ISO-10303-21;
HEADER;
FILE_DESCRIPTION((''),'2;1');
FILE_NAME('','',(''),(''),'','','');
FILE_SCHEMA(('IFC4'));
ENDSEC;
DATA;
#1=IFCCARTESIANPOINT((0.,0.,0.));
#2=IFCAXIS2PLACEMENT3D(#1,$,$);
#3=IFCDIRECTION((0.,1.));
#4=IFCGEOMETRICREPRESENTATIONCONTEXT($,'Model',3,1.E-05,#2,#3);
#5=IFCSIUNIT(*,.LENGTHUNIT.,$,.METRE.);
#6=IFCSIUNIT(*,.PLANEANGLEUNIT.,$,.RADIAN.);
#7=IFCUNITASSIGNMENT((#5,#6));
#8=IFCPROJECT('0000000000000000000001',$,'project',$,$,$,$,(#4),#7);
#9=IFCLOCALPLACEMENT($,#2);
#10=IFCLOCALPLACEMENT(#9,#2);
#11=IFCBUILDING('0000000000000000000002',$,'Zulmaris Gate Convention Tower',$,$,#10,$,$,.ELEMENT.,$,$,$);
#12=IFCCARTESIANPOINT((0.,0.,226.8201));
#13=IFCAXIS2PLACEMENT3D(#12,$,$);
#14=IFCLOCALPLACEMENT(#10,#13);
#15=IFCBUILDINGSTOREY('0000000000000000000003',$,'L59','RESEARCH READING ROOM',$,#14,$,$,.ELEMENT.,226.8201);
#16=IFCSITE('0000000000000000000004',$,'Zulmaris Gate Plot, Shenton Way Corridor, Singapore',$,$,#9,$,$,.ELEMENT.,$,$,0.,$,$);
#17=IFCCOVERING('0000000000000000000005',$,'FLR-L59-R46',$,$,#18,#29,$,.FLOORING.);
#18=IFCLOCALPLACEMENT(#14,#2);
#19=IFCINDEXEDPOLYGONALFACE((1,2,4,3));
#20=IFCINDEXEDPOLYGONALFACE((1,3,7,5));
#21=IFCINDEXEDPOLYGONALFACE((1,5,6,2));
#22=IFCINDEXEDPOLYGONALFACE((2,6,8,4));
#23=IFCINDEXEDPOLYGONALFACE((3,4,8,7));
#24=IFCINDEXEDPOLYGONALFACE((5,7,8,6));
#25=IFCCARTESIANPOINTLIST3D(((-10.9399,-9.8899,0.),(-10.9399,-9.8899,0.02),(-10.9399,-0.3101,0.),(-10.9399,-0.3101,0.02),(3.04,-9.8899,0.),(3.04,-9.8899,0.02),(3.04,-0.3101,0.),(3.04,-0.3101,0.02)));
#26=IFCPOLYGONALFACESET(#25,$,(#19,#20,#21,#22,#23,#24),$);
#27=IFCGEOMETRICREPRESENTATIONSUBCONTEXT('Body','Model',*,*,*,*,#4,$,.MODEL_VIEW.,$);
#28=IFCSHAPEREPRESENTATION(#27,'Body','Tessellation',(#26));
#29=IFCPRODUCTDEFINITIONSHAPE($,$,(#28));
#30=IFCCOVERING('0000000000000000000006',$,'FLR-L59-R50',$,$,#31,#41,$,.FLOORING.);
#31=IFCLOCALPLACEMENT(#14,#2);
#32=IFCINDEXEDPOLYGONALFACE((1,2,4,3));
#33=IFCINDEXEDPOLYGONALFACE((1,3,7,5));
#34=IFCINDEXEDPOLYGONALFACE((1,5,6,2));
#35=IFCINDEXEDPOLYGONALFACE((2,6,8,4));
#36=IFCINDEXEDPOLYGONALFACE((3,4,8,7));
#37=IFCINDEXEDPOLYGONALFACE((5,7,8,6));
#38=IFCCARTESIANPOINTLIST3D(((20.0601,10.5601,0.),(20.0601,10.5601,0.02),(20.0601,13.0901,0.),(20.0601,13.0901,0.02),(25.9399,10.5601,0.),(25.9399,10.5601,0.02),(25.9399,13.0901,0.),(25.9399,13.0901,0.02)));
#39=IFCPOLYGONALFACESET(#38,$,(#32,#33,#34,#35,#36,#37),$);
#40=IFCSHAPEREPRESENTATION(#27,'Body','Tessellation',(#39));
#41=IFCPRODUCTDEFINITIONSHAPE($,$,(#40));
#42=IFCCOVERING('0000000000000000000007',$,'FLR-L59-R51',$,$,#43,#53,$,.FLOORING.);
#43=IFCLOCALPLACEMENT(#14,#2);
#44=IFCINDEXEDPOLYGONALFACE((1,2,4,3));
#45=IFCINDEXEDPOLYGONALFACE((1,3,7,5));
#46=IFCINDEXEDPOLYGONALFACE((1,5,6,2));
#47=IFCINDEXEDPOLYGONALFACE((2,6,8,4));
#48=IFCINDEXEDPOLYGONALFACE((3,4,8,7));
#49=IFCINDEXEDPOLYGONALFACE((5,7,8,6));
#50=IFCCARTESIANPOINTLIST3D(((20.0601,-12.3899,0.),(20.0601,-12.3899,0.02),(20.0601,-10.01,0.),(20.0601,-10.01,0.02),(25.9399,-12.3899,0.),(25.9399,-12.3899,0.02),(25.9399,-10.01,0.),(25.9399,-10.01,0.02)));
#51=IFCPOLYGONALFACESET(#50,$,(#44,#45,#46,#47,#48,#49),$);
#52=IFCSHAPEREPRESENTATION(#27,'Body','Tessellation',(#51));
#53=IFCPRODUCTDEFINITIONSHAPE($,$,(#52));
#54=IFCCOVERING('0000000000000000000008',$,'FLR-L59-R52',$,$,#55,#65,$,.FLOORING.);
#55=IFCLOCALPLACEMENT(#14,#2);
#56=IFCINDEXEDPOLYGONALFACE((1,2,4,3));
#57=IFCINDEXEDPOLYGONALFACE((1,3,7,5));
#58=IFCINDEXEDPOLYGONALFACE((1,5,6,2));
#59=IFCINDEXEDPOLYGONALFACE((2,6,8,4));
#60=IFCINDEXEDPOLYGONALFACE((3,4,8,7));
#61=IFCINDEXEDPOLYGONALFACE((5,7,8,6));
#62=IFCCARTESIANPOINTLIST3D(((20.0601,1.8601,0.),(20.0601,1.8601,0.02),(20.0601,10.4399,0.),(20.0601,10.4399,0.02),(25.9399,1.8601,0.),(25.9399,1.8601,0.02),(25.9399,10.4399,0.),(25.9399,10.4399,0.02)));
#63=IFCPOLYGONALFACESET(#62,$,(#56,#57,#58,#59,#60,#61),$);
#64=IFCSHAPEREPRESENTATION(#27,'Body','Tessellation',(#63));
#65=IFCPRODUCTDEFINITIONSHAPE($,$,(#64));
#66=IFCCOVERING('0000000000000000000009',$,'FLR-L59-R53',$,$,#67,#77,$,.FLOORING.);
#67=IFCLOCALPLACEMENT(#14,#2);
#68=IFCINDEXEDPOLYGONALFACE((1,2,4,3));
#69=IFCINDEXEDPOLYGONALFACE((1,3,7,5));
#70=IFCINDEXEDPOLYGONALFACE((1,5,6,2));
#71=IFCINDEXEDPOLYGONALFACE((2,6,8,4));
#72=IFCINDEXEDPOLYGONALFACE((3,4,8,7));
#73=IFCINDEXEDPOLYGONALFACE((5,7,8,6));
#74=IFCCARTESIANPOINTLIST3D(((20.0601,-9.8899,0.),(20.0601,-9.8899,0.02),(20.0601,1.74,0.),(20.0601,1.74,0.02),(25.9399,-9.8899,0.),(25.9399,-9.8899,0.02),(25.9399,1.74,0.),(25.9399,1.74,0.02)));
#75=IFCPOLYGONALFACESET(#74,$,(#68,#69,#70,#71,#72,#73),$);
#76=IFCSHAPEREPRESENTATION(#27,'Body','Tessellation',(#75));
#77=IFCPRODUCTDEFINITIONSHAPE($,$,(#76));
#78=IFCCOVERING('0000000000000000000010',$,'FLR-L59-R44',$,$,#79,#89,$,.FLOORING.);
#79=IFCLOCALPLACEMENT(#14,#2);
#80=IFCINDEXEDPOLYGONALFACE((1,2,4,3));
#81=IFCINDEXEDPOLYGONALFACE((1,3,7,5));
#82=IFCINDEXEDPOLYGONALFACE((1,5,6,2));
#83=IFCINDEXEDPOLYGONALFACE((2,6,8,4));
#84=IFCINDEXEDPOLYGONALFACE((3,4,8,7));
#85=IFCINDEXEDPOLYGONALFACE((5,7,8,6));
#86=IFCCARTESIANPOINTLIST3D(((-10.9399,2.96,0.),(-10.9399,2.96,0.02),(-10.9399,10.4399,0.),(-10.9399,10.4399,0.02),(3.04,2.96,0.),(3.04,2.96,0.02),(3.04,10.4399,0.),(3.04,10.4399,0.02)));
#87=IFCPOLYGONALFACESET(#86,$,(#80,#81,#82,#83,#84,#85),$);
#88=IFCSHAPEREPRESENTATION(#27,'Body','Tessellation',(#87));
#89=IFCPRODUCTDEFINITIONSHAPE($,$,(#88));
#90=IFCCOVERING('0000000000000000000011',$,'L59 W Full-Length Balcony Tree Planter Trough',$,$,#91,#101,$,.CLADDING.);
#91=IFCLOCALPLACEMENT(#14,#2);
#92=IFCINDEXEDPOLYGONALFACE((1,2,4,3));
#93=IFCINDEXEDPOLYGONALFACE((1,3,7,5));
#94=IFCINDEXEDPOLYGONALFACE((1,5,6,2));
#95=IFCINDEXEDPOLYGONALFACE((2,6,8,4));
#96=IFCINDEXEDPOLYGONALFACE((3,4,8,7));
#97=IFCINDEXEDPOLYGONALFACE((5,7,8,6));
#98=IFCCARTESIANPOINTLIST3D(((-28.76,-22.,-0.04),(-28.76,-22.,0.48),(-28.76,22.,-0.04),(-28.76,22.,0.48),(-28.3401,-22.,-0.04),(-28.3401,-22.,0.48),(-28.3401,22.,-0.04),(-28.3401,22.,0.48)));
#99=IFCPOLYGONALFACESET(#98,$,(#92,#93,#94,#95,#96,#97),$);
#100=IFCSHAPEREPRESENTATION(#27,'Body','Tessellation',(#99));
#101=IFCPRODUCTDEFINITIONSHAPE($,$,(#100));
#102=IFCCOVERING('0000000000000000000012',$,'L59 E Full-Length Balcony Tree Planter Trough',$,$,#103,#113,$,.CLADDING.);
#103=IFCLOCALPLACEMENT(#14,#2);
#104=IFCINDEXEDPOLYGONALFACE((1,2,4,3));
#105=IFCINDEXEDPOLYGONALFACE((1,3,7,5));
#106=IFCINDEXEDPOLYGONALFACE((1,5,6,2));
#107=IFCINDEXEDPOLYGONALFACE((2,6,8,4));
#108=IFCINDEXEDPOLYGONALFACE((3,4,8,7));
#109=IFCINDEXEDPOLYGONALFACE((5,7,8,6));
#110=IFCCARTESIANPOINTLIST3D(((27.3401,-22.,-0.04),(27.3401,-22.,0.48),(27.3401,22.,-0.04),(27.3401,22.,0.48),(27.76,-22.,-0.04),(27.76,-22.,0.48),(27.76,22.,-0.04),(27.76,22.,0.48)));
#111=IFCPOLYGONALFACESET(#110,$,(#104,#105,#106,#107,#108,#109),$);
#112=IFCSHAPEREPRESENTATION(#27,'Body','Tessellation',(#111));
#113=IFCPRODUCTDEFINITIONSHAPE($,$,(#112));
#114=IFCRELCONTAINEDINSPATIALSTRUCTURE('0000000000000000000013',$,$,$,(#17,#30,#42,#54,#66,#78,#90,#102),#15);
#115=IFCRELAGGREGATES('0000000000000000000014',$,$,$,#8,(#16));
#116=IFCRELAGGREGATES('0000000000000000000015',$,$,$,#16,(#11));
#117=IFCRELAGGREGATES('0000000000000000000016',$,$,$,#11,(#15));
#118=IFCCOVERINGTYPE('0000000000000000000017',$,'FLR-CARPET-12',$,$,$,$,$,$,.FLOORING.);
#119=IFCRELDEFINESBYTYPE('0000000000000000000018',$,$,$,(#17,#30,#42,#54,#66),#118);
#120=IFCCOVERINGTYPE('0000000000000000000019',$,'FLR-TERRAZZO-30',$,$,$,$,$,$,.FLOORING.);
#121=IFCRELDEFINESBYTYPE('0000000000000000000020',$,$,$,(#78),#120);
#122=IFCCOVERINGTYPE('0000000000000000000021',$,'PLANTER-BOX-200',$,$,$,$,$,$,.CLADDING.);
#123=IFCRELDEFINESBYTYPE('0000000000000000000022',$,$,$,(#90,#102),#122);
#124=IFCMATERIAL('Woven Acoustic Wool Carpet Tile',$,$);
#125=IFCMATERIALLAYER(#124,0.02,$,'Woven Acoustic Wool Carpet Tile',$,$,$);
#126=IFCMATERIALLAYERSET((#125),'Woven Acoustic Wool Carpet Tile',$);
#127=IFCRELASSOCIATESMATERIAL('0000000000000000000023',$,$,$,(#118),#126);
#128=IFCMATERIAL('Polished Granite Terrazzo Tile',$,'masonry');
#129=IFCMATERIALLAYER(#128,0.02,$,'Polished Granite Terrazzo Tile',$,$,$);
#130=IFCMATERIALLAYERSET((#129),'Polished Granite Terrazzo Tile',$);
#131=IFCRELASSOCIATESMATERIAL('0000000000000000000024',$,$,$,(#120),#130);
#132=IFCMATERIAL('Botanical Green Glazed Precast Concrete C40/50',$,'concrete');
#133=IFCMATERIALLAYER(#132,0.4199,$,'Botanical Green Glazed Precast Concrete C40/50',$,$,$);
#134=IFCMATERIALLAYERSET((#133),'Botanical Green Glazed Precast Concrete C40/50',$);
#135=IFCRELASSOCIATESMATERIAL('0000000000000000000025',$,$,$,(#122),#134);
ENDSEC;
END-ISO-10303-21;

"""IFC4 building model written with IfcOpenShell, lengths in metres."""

from ifc_helpers import new_model, si_unit, direction, frame, origin, place, context, subcontext, project, spatial, polyline, outline, extrude, material, layer, layer_set, type_object, element, save


model = new_model("IFC4")

# Units and contexts
model_context = context("Model", 3, precision=1e-05, world=origin(), true_north=direction((0.0, 1.0)))
body_context = subcontext(model_context, "Body", "Model", "MODEL_VIEW")
ifc_project = project(units=[si_unit("LENGTHUNIT", "METRE"), si_unit("PLANEANGLEUNIT", "RADIAN")], contexts=[model_context])

# Site, building, storey
site_placement = place(None, origin())
site = spatial("IfcSite", under=ifc_project, at=site_placement, Name="Zulmaris Gate Plot, Shenton Way Corridor, Singapore", CompositionType="ELEMENT", RefElevation=0.0)
building_placement = place(site_placement, origin())
building = spatial("IfcBuilding", under=site, at=building_placement, Name="Zulmaris Gate Convention Tower", CompositionType="ELEMENT")
storey_placement = place(building_placement, frame((0.0, 0.0, 226.8201)))
storey = spatial("IfcBuildingStorey", under=building, at=storey_placement, Name="L59", Description="RESEARCH READING ROOM", CompositionType="ELEMENT", Elevation=226.8201)

# Coverings
ifc_material_1 = material(Name="Woven Acoustic Wool Carpet Tile")
ifc_layer_1 = layer(ifc_material_1, 0.02, Name="Woven Acoustic Wool Carpet Tile")
ifc_layer_set_1 = layer_set([ifc_layer_1], Name="Woven Acoustic Wool Carpet Tile")
covering_type_1 = type_object("IfcCoveringType", Name="FLR-CARPET-12", PredefinedType="FLOORING", material=ifc_layer_set_1)
covering_1_placement = place(storey_placement, origin())
element("IfcCovering", 1, at=covering_1_placement, inside=storey, type_object=covering_type_1, Name="FLR-L59-R46", PredefinedType="FLOORING", context=body_context, shape_type="SweptSolid", body=[
    extrude(outline(polyline([(-10.9399, -9.8899), (3.04, -9.8899), (3.04, -0.3101), (-10.9399, -0.3101), (-10.9399, -9.8899)])), origin(), (0.0, 0.0, 1.0), 0.02),
])
covering_2_placement = place(storey_placement, origin())
element("IfcCovering", 2, at=covering_2_placement, inside=storey, type_object=covering_type_1, Name="FLR-L59-R50", PredefinedType="FLOORING", context=body_context, shape_type="SweptSolid", body=[
    extrude(outline(polyline([(20.0601, 10.5601), (25.9399, 10.5601), (25.9399, 13.0901), (20.0601, 13.0901), (20.0601, 10.5601)])), origin(), (0.0, 0.0, 1.0), 0.02),
])
covering_3_placement = place(storey_placement, origin())
element("IfcCovering", 3, at=covering_3_placement, inside=storey, type_object=covering_type_1, Name="FLR-L59-R51", PredefinedType="FLOORING", context=body_context, shape_type="SweptSolid", body=[
    extrude(outline(polyline([(20.0601, -12.3899), (25.9399, -12.3899), (25.9399, -10.01), (20.0601, -10.01), (20.0601, -12.3899)])), origin(), (0.0, 0.0, 1.0), 0.02),
])
covering_4_placement = place(storey_placement, origin())
element("IfcCovering", 4, at=covering_4_placement, inside=storey, type_object=covering_type_1, Name="FLR-L59-R52", PredefinedType="FLOORING", context=body_context, shape_type="SweptSolid", body=[
    extrude(outline(polyline([(20.0601, 1.8601), (25.9399, 1.8601), (25.9399, 10.4399), (20.0601, 10.4399), (20.0601, 1.8601)])), origin(), (0.0, 0.0, 1.0), 0.02),
])
covering_5_placement = place(storey_placement, origin())
element("IfcCovering", 5, at=covering_5_placement, inside=storey, type_object=covering_type_1, Name="FLR-L59-R53", PredefinedType="FLOORING", context=body_context, shape_type="SweptSolid", body=[
    extrude(outline(polyline([(20.0601, -9.8899), (25.9399, -9.8899), (25.9399, 1.74), (20.0601, 1.74), (20.0601, -9.8899)])), origin(), (0.0, 0.0, 1.0), 0.02),
])
ifc_material_2 = material(Name="Polished Granite Terrazzo Tile", Category="masonry")
ifc_layer_2 = layer(ifc_material_2, 0.02, Name="Polished Granite Terrazzo Tile")
ifc_layer_set_2 = layer_set([ifc_layer_2], Name="Polished Granite Terrazzo Tile")
covering_type_2 = type_object("IfcCoveringType", Name="FLR-TERRAZZO-30", PredefinedType="FLOORING", material=ifc_layer_set_2)
covering_6_placement = place(storey_placement, origin())
element("IfcCovering", 6, at=covering_6_placement, inside=storey, type_object=covering_type_2, Name="FLR-L59-R44", PredefinedType="FLOORING", context=body_context, shape_type="SweptSolid", body=[
    extrude(outline(polyline([(-10.9399, 2.96), (3.04, 2.96), (3.04, 10.4399), (-10.9399, 10.4399), (-10.9399, 2.96)])), origin(), (0.0, 0.0, 1.0), 0.02),
])
ifc_material_3 = material(Name="Botanical Green Glazed Precast Concrete C40/50", Category="concrete")
ifc_layer_3 = layer(ifc_material_3, 0.4199, Name="Botanical Green Glazed Precast Concrete C40/50")
ifc_layer_set_3 = layer_set([ifc_layer_3], Name="Botanical Green Glazed Precast Concrete C40/50")
covering_type_3 = type_object("IfcCoveringType", Name="PLANTER-BOX-200", PredefinedType="CLADDING", material=ifc_layer_set_3)
covering_7_placement = place(storey_placement, frame((0.0, 0.0, -0.04)))
element("IfcCovering", 7, at=covering_7_placement, inside=storey, type_object=covering_type_3, Name="L59 W Full-Length Balcony Tree Planter Trough", PredefinedType="CLADDING", context=body_context, shape_type="SweptSolid", body=[
    extrude(outline(polyline([(-28.76, -22.0), (-28.3401, -22.0), (-28.3401, 22.0), (-28.76, 22.0), (-28.76, -22.0)])), origin(), (0.0, 0.0, 1.0), 0.52),
])
covering_8_placement = place(storey_placement, frame((0.0, 0.0, -0.04)))
element("IfcCovering", 8, at=covering_8_placement, inside=storey, type_object=covering_type_3, Name="L59 E Full-Length Balcony Tree Planter Trough", PredefinedType="CLADDING", context=body_context, shape_type="SweptSolid", body=[
    extrude(outline(polyline([(27.3401, -22.0), (27.76, -22.0), (27.76, 22.0), (27.3401, 22.0), (27.3401, -22.0)])), origin(), (0.0, 0.0, 1.0), 0.52),
])

save(model, "model.ifc")
